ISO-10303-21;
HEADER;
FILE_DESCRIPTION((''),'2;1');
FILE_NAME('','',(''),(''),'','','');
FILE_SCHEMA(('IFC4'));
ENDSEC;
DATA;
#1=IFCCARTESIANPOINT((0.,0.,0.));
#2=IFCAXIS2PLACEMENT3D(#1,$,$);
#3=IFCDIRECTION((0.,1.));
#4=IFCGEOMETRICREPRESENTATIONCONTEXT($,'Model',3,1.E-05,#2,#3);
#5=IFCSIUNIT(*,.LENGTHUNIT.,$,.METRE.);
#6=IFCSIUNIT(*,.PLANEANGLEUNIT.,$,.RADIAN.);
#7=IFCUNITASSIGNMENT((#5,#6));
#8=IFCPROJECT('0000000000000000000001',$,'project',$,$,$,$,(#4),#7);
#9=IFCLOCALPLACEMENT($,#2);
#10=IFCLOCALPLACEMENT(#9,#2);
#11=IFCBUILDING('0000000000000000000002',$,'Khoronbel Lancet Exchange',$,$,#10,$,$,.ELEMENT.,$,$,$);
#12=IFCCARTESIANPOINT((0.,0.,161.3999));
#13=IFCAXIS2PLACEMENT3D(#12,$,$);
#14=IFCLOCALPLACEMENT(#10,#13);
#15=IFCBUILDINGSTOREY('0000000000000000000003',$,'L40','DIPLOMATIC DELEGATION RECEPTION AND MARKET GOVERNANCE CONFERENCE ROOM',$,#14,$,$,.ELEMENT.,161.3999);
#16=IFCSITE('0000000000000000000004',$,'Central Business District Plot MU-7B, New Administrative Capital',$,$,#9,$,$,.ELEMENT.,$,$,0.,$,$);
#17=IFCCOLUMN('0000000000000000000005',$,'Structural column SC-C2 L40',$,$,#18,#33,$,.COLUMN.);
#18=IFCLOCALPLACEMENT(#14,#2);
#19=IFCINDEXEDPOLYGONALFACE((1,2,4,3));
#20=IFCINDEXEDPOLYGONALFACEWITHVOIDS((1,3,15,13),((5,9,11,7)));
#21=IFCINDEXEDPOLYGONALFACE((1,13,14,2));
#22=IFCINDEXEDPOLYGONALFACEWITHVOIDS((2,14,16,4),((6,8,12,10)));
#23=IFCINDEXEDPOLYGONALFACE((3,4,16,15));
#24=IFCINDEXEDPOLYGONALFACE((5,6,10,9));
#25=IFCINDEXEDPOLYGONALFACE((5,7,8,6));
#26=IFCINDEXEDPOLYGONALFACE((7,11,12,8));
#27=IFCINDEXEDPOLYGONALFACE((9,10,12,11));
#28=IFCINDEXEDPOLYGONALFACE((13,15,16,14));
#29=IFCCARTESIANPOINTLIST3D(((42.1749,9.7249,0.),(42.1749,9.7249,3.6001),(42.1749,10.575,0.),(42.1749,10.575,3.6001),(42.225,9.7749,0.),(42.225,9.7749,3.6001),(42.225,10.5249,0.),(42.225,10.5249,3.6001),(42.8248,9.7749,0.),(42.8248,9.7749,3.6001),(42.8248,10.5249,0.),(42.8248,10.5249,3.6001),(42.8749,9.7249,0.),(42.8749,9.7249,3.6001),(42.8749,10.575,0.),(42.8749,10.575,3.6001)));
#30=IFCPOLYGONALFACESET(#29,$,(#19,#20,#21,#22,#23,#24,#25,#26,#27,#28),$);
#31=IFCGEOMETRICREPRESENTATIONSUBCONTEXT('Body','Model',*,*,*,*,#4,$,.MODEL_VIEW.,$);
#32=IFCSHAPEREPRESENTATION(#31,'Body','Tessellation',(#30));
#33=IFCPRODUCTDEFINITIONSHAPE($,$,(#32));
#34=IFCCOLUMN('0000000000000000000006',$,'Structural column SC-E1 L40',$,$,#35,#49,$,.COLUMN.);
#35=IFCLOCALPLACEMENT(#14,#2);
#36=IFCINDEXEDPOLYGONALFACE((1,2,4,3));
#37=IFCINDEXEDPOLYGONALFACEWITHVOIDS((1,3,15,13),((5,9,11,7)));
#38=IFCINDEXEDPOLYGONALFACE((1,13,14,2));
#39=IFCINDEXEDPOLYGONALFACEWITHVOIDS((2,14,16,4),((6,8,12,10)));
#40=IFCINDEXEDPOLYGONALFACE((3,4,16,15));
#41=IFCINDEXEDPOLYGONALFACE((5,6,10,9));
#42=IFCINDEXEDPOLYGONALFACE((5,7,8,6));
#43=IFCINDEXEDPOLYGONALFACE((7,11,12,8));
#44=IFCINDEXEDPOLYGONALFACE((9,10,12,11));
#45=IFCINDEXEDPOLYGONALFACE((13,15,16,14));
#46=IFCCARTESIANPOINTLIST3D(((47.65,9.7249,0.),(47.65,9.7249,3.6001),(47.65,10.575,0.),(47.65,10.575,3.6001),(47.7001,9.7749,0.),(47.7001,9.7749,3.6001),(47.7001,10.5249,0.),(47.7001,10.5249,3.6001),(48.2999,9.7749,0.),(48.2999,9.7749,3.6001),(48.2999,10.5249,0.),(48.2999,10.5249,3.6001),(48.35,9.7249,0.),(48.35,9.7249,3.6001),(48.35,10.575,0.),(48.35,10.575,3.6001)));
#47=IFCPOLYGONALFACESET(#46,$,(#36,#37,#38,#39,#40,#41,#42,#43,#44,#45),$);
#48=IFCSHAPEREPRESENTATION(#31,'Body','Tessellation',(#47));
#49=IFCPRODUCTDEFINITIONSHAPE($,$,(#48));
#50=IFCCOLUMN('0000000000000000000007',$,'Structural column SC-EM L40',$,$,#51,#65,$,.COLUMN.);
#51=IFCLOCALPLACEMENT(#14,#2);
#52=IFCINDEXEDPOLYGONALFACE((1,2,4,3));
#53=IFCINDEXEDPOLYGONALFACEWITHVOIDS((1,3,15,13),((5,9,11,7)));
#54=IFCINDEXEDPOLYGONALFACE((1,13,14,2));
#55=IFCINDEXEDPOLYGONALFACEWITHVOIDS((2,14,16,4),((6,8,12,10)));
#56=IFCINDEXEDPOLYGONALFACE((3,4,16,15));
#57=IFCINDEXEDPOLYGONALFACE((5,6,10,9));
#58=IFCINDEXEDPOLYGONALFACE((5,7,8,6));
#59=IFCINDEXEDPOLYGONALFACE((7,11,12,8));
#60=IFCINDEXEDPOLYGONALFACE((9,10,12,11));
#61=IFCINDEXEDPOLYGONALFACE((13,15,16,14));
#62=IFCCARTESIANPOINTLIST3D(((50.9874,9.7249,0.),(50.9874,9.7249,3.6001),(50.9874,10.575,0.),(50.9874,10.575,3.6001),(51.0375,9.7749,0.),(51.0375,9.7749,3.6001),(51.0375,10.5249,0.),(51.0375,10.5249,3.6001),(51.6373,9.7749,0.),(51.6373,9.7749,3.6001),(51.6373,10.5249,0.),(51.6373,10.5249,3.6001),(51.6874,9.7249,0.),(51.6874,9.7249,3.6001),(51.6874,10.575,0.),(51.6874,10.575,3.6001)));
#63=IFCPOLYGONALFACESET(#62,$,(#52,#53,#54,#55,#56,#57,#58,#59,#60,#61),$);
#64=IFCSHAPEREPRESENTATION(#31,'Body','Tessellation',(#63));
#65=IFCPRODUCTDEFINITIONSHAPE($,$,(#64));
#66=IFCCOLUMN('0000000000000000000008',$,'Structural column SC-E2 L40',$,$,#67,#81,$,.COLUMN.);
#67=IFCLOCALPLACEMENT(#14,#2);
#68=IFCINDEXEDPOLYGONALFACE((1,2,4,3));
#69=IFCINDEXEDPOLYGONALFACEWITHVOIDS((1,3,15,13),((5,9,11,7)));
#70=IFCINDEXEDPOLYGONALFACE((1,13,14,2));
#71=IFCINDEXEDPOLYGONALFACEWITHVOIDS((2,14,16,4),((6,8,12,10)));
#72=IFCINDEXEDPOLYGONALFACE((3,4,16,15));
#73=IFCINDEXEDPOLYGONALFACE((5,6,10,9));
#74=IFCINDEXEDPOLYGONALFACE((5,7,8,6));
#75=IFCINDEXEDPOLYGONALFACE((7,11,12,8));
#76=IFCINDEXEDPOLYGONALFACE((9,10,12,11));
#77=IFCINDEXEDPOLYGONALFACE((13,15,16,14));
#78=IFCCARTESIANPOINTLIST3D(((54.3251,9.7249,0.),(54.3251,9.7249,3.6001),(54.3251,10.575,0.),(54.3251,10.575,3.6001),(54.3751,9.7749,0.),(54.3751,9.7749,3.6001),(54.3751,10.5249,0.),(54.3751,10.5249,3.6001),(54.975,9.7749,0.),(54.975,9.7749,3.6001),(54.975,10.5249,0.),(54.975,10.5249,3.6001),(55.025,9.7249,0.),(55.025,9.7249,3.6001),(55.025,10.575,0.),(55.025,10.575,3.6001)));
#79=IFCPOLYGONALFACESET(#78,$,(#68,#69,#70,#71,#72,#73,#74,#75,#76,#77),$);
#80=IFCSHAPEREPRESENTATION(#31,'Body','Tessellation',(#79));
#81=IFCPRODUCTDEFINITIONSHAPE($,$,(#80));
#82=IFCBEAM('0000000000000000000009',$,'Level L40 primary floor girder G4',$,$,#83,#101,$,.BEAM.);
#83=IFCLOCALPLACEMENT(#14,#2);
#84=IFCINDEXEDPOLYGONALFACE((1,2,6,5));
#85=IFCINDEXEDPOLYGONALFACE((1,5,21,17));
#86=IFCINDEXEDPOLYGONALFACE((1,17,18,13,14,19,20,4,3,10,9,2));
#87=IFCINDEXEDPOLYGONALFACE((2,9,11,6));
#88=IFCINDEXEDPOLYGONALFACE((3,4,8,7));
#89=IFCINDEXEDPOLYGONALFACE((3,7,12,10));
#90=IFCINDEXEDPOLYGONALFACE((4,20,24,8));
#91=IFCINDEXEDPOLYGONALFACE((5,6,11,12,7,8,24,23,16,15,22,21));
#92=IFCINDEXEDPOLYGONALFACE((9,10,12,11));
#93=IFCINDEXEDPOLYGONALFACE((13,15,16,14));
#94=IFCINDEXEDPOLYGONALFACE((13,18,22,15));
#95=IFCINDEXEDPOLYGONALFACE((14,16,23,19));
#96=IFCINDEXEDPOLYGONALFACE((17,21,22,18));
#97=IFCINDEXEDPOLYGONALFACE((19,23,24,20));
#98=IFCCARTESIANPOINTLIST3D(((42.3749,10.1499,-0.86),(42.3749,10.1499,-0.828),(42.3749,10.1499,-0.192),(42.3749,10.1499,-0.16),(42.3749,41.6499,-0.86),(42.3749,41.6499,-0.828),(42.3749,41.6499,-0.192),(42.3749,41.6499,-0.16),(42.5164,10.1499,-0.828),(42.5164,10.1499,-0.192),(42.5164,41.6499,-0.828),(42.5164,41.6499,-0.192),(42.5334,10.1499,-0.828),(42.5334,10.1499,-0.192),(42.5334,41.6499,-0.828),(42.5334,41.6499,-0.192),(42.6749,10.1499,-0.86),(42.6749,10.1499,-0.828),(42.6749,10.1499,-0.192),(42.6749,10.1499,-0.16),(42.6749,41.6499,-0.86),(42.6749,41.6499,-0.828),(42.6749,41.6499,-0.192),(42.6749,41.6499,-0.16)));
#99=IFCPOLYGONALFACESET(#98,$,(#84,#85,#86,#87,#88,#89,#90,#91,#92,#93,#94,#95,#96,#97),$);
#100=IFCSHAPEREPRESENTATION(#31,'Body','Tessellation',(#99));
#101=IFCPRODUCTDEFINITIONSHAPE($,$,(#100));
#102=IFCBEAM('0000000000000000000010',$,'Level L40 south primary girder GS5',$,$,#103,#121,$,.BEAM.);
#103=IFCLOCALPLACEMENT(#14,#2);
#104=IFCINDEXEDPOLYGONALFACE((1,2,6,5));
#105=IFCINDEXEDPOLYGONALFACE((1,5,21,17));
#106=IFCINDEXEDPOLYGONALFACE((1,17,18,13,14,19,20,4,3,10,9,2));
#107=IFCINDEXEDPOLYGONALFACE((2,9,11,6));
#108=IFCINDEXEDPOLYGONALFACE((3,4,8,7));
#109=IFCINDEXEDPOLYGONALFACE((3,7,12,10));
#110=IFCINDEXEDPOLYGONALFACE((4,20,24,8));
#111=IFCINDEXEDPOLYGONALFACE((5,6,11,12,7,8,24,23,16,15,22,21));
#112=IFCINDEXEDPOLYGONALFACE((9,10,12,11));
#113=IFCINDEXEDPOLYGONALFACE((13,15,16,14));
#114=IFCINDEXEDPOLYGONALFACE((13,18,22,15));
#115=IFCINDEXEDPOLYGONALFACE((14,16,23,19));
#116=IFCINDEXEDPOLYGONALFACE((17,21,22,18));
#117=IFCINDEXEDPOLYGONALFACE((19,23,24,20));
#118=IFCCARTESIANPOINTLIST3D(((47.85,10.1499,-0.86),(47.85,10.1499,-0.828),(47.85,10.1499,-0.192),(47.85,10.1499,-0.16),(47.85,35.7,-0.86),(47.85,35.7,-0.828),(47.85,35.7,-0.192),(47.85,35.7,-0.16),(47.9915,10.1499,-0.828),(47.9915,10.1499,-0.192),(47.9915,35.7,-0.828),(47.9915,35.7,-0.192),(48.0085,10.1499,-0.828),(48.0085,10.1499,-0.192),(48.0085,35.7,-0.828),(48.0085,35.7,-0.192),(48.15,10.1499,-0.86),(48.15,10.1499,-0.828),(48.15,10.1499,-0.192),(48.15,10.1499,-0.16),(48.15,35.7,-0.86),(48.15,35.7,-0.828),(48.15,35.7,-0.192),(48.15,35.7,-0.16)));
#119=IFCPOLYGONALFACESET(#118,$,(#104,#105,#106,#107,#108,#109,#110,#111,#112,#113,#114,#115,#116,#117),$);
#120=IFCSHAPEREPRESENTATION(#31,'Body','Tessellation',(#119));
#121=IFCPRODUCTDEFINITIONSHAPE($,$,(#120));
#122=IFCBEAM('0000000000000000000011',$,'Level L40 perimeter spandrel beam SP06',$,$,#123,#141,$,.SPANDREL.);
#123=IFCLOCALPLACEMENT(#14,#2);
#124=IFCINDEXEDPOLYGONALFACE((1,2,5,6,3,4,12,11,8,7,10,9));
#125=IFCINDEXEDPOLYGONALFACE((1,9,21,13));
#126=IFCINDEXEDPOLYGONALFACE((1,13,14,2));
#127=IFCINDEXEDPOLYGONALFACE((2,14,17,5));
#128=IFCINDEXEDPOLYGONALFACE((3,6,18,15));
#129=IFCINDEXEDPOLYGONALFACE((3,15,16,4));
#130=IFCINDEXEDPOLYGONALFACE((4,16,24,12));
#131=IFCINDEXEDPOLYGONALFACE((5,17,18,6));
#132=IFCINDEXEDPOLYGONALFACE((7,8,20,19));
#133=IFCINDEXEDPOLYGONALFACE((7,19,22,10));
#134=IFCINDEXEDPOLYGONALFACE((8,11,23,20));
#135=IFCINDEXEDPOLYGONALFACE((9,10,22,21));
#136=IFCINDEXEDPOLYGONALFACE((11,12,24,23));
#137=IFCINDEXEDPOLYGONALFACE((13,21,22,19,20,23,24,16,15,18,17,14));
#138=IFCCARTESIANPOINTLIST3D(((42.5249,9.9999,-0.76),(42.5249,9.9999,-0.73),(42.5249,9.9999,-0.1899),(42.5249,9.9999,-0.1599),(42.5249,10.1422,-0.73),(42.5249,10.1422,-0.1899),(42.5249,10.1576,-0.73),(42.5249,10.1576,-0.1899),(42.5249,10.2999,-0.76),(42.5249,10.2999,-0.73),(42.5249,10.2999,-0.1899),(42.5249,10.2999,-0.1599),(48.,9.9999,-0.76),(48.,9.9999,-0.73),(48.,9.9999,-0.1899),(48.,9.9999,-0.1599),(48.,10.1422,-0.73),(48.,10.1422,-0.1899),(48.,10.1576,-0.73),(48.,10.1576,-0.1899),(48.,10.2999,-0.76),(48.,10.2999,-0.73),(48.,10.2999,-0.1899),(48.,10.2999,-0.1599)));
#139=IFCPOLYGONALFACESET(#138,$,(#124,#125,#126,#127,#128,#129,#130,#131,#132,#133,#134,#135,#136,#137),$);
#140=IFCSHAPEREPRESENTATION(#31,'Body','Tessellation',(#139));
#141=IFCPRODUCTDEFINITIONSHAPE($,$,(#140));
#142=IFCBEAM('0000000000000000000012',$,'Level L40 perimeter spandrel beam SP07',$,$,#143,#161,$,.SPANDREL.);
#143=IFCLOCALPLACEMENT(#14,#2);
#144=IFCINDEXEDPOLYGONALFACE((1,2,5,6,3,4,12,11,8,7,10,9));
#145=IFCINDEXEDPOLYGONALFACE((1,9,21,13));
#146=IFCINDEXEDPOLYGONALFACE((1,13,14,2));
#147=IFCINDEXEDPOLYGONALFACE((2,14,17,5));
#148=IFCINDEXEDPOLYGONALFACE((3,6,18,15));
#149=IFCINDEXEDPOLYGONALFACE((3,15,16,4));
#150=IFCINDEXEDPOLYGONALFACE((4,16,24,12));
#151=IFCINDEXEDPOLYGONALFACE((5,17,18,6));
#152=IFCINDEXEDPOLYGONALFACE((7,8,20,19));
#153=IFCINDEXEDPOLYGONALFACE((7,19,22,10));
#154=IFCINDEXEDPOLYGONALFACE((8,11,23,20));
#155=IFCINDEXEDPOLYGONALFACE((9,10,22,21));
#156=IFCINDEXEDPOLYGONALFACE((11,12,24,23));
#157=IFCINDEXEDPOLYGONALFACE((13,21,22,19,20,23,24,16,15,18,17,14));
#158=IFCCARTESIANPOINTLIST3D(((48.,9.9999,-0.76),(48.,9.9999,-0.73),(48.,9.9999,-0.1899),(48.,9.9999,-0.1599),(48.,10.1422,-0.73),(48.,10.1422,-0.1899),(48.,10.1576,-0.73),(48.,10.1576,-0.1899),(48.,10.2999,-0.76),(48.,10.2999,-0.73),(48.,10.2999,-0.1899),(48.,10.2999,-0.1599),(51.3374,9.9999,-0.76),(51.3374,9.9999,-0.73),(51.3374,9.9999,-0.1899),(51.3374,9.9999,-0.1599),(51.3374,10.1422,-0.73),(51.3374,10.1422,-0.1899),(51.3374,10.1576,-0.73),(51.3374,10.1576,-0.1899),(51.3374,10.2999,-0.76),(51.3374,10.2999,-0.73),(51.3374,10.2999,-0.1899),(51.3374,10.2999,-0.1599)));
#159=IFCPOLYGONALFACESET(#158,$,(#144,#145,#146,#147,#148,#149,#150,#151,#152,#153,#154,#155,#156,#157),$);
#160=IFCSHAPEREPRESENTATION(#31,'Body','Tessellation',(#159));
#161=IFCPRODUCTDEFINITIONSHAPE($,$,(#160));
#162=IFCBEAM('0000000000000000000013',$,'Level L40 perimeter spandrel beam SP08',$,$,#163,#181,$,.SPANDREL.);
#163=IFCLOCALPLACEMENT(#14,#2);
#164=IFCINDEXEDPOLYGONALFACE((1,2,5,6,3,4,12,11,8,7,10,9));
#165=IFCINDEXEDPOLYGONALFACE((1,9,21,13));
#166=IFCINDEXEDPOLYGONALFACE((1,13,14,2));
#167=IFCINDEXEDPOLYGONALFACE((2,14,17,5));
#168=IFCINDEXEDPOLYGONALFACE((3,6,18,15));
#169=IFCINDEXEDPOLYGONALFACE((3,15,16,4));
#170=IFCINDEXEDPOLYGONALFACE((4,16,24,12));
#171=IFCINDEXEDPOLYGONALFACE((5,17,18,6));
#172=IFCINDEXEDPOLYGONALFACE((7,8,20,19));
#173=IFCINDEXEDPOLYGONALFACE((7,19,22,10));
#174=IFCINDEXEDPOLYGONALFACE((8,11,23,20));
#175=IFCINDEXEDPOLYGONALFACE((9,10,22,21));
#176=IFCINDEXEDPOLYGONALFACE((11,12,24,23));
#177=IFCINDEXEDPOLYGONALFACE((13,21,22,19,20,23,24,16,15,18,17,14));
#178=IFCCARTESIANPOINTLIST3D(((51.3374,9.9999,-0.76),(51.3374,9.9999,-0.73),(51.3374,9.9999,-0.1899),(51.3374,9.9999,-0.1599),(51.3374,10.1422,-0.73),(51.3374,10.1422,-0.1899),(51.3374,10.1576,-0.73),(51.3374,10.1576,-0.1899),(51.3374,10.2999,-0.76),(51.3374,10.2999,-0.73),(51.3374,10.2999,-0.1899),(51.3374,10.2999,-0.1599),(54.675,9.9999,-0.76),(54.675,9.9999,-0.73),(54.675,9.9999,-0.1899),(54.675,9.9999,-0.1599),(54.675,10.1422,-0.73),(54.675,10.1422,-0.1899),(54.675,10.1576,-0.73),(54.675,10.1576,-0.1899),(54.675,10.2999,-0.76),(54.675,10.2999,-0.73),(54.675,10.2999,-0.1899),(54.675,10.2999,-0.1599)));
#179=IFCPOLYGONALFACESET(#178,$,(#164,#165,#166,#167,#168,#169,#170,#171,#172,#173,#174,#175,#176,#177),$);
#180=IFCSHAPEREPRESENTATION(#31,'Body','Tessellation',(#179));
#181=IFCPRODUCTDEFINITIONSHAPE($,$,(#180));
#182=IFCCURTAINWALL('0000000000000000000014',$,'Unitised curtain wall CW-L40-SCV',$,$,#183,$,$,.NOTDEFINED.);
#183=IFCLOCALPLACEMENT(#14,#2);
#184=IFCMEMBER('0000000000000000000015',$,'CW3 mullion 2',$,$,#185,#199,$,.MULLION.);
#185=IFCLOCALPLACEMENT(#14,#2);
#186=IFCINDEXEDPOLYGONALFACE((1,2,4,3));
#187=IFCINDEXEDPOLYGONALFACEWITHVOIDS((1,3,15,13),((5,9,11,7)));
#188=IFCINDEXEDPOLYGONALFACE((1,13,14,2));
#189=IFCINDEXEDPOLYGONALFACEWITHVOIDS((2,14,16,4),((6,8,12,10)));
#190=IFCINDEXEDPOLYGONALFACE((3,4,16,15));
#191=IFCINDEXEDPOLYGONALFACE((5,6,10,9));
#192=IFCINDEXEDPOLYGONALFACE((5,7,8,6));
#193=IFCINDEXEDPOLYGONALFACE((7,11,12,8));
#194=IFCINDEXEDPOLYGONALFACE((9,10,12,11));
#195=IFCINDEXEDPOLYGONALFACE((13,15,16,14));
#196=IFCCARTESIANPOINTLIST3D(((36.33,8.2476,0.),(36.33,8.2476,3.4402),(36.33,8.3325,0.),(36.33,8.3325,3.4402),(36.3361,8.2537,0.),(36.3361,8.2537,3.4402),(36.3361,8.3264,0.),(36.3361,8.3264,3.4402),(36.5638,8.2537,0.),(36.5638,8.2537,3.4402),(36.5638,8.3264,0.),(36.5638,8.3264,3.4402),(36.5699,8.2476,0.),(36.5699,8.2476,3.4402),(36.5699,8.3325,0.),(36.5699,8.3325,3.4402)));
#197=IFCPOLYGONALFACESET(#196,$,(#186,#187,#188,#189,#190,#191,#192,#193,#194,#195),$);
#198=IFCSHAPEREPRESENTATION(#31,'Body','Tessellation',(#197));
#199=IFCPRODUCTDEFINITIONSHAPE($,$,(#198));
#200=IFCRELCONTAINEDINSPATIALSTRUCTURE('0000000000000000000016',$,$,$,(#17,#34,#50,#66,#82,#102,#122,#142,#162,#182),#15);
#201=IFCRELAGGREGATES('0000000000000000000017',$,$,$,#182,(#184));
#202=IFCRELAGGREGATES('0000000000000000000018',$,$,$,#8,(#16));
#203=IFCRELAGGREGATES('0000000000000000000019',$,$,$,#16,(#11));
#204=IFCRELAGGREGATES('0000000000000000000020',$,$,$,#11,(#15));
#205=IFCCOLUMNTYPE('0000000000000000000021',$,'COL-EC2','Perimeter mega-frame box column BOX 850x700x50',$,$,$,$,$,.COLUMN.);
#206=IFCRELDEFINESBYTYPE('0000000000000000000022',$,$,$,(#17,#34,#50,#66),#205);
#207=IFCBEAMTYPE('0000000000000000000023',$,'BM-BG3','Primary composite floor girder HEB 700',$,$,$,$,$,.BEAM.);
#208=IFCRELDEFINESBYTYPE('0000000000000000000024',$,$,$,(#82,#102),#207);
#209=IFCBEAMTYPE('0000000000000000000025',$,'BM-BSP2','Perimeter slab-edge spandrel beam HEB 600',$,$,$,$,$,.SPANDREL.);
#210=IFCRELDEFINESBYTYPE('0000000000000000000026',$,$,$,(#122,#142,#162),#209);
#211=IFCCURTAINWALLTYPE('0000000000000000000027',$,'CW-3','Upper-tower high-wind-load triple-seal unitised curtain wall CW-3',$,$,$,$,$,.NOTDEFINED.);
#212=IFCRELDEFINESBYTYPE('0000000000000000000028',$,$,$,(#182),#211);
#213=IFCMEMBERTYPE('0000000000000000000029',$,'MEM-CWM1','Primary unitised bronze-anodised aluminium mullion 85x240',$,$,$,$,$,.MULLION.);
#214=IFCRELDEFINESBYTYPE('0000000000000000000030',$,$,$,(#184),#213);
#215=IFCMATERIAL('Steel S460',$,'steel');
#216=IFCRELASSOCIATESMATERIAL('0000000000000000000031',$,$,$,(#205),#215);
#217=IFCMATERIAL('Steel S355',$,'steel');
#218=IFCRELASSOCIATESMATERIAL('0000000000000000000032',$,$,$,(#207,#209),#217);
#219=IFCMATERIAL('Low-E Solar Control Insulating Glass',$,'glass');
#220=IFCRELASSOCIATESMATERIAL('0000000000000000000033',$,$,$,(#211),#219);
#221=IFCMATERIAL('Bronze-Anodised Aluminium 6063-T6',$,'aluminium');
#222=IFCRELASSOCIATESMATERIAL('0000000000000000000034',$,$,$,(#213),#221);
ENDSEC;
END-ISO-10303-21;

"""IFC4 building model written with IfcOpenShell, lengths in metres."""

from ifc_helpers import new_model, si_unit, direction, frame, origin, origin_2d, place, context, subcontext, project, spatial, hollow_rectangle, i_section, extrude, material, material_profile, profile_set, type_object, element, aggregate, save


model = new_model("IFC4")

# Units and contexts
model_context = context("Model", 3, precision=1e-05, world=origin(), true_north=direction((0.0, 1.0)))
body_context = subcontext(model_context, "Body", "Model", "MODEL_VIEW")
ifc_project = project(units=[si_unit("LENGTHUNIT", "METRE"), si_unit("PLANEANGLEUNIT", "RADIAN")], contexts=[model_context])

# Site, building, storey
site_placement = place(None, origin())
site = spatial("IfcSite", under=ifc_project, at=site_placement, Name="Central Business District Plot MU-7B, New Administrative Capital", CompositionType="ELEMENT", RefElevation=0.0)
building_placement = place(site_placement, origin())
building = spatial("IfcBuilding", under=site, at=building_placement, Name="Khoronbel Lancet Exchange", CompositionType="ELEMENT")
storey_placement = place(building_placement, frame((0.0, 0.0, 161.3999)))
storey = spatial("IfcBuildingStorey", under=building, at=storey_placement, Name="L40", Description="DIPLOMATIC DELEGATION RECEPTION AND MARKET GOVERNANCE CONFERENCE ROOM", CompositionType="ELEMENT", Elevation=161.3999)

# Columns
ifc_material_1 = material(Name="Steel S460", Category="steel")
ifc_material_profile_1 = material_profile(ifc_material_1, hollow_rectangle(XDim=0.7, YDim=0.8501, WallThickness=0.05, at=origin_2d()), Name="BOX 850x700x50")
ifc_profile_set_1 = profile_set([ifc_material_profile_1], Name="Steel S460")
column_type = type_object("IfcColumnType", Name="COL-EC2", Description="Perimeter mega-frame box column BOX 850x700x50", PredefinedType="COLUMN", material=ifc_profile_set_1)
for number, where, z_axis, x_axis, name in (
    (1, (42.5249, 10.1499, 0.0), (0.0, 0.0, 1.0), (1.0, 0.0, 0.0), "Structural column SC-C2 L40"),
    (2, (48.0, 10.1499, 0.0), (0.0, 0.0, 1.0), (1.0, 0.0, 0.0), "Structural column SC-E1 L40"),
    (3, (51.3374, 10.1499, 0.0), (0.0, 0.0, 1.0), (1.0, 0.0, 0.0), "Structural column SC-EM L40"),
    (4, (54.675, 10.1499, 0.0), (0.0, 0.0, 1.0), (1.0, 0.0, 0.0), "Structural column SC-E2 L40"),
):
    element("IfcColumn", number, at=place(storey_placement, frame(where, z_axis=z_axis, x_axis=x_axis)), inside=storey, type_object=column_type, Name=name, PredefinedType="COLUMN", context=body_context, shape_type="SweptSolid", body=[
        extrude(hollow_rectangle(XDim=0.7, YDim=0.8501, WallThickness=0.05, at=origin_2d()), origin(), (0.0, 0.0, 1.0), 3.6001),
    ])

# Beams
ifc_material_2 = material(Name="Steel S355", Category="steel")
ifc_material_profile_2 = material_profile(ifc_material_2, i_section(OverallWidth=0.3, OverallDepth=0.7, WebThickness=0.0171, FlangeThickness=0.032, at=origin_2d()), Name="HEB 700")
ifc_profile_set_2 = profile_set([ifc_material_profile_2], Name="Steel S355")
beam_type_1 = type_object("IfcBeamType", Name="BM-BG3", Description="Primary composite floor girder HEB 700", PredefinedType="BEAM", material=ifc_profile_set_2)
beam_1_placement = place(storey_placement, frame((42.5249, 10.1499, -0.51), z_axis=(0.0, 1.0, 0.0), x_axis=(-1.0, 0.0, 0.0)))
element("IfcBeam", 5, at=beam_1_placement, inside=storey, type_object=beam_type_1, Name="Level L40 primary floor girder G4", PredefinedType="BEAM", context=body_context, shape_type="SweptSolid", body=[
    extrude(i_section(OverallWidth=0.3, OverallDepth=0.7, WebThickness=0.0171, FlangeThickness=0.032, at=origin_2d()), origin(), (0.0, 0.0, 1.0), 31.5),
])
beam_2_placement = place(storey_placement, frame((48.0, 10.1499, -0.51), z_axis=(0.0, 1.0, 0.0), x_axis=(-1.0, 0.0, 0.0)))
element("IfcBeam", 6, at=beam_2_placement, inside=storey, type_object=beam_type_1, Name="Level L40 south primary girder GS5", PredefinedType="BEAM", context=body_context, shape_type="SweptSolid", body=[
    extrude(i_section(OverallWidth=0.3, OverallDepth=0.7, WebThickness=0.0171, FlangeThickness=0.032, at=origin_2d()), origin(), (0.0, 0.0, 1.0), 25.55),
])
ifc_material_profile_3 = material_profile(ifc_material_2, i_section(OverallWidth=0.3, OverallDepth=0.6001, WebThickness=0.0154, FlangeThickness=0.03, at=origin_2d()), Name="HEB 600")
ifc_profile_set_3 = profile_set([ifc_material_profile_3], Name="Steel S355")
beam_type_2 = type_object("IfcBeamType", Name="BM-BSP2", Description="Perimeter slab-edge spandrel beam HEB 600", PredefinedType="SPANDREL", material=ifc_profile_set_3)
beam_3_placement = place(storey_placement, frame((42.5249, 10.1499, -0.46), z_axis=(1.0, 0.0, 0.0), x_axis=(0.0, 1.0, 0.0)))
element("IfcBeam", 7, at=beam_3_placement, inside=storey, type_object=beam_type_2, Name="Level L40 perimeter spandrel beam SP06", PredefinedType="SPANDREL", context=body_context, shape_type="SweptSolid", body=[
    extrude(i_section(OverallWidth=0.3, OverallDepth=0.6001, WebThickness=0.0154, FlangeThickness=0.03, at=origin_2d()), origin(), (0.0, 0.0, 1.0), 5.4751),
])
beam_4_placement = place(storey_placement, frame((48.0, 10.1499, -0.46), z_axis=(1.0, 0.0, 0.0), x_axis=(0.0, 1.0, 0.0)))
element("IfcBeam", 8, at=beam_4_placement, inside=storey, type_object=beam_type_2, Name="Level L40 perimeter spandrel beam SP07", PredefinedType="SPANDREL", context=body_context, shape_type="SweptSolid", body=[
    extrude(i_section(OverallWidth=0.3, OverallDepth=0.6001, WebThickness=0.0154, FlangeThickness=0.03, at=origin_2d()), origin(), (0.0, 0.0, 1.0), 3.3374),
])
beam_5_placement = place(storey_placement, frame((51.3374, 10.1499, -0.46), z_axis=(1.0, 0.0, 0.0), x_axis=(0.0, 1.0, 0.0)))
element("IfcBeam", 9, at=beam_5_placement, inside=storey, type_object=beam_type_2, Name="Level L40 perimeter spandrel beam SP08", PredefinedType="SPANDREL", context=body_context, shape_type="SweptSolid", body=[
    extrude(i_section(OverallWidth=0.3, OverallDepth=0.6001, WebThickness=0.0154, FlangeThickness=0.03, at=origin_2d()), origin(), (0.0, 0.0, 1.0), 3.3376),
])

# Curtain wall, member
ifc_material_3 = material(Name="Low-E Solar Control Insulating Glass", Category="glass")
curtain_wall_type = type_object("IfcCurtainWallType", Name="CW-3", Description="Upper-tower high-wind-load triple-seal unitised curtain wall CW-3", PredefinedType="NOTDEFINED", material=ifc_material_3)
curtain_wall_1_placement = place(storey_placement, origin())
curtain_wall_1 = element("IfcCurtainWall", 10, at=curtain_wall_1_placement, inside=storey, type_object=curtain_wall_type, Name="Unitised curtain wall CW-L40-SCV", PredefinedType="NOTDEFINED")
ifc_material_4 = material(Name="Bronze-Anodised Aluminium 6063-T6", Category="aluminium")
ifc_material_profile_4 = material_profile(ifc_material_4, hollow_rectangle(XDim=0.085, YDim=0.24, WallThickness=0.0061, at=origin_2d()), Name="ALU MULLION 85x240")
ifc_profile_set_4 = profile_set([ifc_material_profile_4], Name="Bronze-Anodised Aluminium 6063-T6")
member_type_1 = type_object("IfcMemberType", Name="MEM-CWM1", Description="Primary unitised bronze-anodised aluminium mullion 85x240", PredefinedType="MULLION", material=ifc_profile_set_4)
member_1_placement = place(storey_placement, frame((36.45, 8.29, 0.0), z_axis=(0.0, 0.0, 1.0), x_axis=(0.0, 1.0, 0.0)))
member_1 = element("IfcMember", 11, at=member_1_placement, type_object=member_type_1, Name="CW3 mullion 2", PredefinedType="MULLION", context=body_context, shape_type="SweptSolid", body=[
    extrude(hollow_rectangle(XDim=0.085, YDim=0.24, WallThickness=0.0061, at=origin_2d()), origin(), (0.0, 0.0, 1.0), 3.4402),
])

aggregate(curtain_wall_1, [member_1])

save(model, "model.ifc")
